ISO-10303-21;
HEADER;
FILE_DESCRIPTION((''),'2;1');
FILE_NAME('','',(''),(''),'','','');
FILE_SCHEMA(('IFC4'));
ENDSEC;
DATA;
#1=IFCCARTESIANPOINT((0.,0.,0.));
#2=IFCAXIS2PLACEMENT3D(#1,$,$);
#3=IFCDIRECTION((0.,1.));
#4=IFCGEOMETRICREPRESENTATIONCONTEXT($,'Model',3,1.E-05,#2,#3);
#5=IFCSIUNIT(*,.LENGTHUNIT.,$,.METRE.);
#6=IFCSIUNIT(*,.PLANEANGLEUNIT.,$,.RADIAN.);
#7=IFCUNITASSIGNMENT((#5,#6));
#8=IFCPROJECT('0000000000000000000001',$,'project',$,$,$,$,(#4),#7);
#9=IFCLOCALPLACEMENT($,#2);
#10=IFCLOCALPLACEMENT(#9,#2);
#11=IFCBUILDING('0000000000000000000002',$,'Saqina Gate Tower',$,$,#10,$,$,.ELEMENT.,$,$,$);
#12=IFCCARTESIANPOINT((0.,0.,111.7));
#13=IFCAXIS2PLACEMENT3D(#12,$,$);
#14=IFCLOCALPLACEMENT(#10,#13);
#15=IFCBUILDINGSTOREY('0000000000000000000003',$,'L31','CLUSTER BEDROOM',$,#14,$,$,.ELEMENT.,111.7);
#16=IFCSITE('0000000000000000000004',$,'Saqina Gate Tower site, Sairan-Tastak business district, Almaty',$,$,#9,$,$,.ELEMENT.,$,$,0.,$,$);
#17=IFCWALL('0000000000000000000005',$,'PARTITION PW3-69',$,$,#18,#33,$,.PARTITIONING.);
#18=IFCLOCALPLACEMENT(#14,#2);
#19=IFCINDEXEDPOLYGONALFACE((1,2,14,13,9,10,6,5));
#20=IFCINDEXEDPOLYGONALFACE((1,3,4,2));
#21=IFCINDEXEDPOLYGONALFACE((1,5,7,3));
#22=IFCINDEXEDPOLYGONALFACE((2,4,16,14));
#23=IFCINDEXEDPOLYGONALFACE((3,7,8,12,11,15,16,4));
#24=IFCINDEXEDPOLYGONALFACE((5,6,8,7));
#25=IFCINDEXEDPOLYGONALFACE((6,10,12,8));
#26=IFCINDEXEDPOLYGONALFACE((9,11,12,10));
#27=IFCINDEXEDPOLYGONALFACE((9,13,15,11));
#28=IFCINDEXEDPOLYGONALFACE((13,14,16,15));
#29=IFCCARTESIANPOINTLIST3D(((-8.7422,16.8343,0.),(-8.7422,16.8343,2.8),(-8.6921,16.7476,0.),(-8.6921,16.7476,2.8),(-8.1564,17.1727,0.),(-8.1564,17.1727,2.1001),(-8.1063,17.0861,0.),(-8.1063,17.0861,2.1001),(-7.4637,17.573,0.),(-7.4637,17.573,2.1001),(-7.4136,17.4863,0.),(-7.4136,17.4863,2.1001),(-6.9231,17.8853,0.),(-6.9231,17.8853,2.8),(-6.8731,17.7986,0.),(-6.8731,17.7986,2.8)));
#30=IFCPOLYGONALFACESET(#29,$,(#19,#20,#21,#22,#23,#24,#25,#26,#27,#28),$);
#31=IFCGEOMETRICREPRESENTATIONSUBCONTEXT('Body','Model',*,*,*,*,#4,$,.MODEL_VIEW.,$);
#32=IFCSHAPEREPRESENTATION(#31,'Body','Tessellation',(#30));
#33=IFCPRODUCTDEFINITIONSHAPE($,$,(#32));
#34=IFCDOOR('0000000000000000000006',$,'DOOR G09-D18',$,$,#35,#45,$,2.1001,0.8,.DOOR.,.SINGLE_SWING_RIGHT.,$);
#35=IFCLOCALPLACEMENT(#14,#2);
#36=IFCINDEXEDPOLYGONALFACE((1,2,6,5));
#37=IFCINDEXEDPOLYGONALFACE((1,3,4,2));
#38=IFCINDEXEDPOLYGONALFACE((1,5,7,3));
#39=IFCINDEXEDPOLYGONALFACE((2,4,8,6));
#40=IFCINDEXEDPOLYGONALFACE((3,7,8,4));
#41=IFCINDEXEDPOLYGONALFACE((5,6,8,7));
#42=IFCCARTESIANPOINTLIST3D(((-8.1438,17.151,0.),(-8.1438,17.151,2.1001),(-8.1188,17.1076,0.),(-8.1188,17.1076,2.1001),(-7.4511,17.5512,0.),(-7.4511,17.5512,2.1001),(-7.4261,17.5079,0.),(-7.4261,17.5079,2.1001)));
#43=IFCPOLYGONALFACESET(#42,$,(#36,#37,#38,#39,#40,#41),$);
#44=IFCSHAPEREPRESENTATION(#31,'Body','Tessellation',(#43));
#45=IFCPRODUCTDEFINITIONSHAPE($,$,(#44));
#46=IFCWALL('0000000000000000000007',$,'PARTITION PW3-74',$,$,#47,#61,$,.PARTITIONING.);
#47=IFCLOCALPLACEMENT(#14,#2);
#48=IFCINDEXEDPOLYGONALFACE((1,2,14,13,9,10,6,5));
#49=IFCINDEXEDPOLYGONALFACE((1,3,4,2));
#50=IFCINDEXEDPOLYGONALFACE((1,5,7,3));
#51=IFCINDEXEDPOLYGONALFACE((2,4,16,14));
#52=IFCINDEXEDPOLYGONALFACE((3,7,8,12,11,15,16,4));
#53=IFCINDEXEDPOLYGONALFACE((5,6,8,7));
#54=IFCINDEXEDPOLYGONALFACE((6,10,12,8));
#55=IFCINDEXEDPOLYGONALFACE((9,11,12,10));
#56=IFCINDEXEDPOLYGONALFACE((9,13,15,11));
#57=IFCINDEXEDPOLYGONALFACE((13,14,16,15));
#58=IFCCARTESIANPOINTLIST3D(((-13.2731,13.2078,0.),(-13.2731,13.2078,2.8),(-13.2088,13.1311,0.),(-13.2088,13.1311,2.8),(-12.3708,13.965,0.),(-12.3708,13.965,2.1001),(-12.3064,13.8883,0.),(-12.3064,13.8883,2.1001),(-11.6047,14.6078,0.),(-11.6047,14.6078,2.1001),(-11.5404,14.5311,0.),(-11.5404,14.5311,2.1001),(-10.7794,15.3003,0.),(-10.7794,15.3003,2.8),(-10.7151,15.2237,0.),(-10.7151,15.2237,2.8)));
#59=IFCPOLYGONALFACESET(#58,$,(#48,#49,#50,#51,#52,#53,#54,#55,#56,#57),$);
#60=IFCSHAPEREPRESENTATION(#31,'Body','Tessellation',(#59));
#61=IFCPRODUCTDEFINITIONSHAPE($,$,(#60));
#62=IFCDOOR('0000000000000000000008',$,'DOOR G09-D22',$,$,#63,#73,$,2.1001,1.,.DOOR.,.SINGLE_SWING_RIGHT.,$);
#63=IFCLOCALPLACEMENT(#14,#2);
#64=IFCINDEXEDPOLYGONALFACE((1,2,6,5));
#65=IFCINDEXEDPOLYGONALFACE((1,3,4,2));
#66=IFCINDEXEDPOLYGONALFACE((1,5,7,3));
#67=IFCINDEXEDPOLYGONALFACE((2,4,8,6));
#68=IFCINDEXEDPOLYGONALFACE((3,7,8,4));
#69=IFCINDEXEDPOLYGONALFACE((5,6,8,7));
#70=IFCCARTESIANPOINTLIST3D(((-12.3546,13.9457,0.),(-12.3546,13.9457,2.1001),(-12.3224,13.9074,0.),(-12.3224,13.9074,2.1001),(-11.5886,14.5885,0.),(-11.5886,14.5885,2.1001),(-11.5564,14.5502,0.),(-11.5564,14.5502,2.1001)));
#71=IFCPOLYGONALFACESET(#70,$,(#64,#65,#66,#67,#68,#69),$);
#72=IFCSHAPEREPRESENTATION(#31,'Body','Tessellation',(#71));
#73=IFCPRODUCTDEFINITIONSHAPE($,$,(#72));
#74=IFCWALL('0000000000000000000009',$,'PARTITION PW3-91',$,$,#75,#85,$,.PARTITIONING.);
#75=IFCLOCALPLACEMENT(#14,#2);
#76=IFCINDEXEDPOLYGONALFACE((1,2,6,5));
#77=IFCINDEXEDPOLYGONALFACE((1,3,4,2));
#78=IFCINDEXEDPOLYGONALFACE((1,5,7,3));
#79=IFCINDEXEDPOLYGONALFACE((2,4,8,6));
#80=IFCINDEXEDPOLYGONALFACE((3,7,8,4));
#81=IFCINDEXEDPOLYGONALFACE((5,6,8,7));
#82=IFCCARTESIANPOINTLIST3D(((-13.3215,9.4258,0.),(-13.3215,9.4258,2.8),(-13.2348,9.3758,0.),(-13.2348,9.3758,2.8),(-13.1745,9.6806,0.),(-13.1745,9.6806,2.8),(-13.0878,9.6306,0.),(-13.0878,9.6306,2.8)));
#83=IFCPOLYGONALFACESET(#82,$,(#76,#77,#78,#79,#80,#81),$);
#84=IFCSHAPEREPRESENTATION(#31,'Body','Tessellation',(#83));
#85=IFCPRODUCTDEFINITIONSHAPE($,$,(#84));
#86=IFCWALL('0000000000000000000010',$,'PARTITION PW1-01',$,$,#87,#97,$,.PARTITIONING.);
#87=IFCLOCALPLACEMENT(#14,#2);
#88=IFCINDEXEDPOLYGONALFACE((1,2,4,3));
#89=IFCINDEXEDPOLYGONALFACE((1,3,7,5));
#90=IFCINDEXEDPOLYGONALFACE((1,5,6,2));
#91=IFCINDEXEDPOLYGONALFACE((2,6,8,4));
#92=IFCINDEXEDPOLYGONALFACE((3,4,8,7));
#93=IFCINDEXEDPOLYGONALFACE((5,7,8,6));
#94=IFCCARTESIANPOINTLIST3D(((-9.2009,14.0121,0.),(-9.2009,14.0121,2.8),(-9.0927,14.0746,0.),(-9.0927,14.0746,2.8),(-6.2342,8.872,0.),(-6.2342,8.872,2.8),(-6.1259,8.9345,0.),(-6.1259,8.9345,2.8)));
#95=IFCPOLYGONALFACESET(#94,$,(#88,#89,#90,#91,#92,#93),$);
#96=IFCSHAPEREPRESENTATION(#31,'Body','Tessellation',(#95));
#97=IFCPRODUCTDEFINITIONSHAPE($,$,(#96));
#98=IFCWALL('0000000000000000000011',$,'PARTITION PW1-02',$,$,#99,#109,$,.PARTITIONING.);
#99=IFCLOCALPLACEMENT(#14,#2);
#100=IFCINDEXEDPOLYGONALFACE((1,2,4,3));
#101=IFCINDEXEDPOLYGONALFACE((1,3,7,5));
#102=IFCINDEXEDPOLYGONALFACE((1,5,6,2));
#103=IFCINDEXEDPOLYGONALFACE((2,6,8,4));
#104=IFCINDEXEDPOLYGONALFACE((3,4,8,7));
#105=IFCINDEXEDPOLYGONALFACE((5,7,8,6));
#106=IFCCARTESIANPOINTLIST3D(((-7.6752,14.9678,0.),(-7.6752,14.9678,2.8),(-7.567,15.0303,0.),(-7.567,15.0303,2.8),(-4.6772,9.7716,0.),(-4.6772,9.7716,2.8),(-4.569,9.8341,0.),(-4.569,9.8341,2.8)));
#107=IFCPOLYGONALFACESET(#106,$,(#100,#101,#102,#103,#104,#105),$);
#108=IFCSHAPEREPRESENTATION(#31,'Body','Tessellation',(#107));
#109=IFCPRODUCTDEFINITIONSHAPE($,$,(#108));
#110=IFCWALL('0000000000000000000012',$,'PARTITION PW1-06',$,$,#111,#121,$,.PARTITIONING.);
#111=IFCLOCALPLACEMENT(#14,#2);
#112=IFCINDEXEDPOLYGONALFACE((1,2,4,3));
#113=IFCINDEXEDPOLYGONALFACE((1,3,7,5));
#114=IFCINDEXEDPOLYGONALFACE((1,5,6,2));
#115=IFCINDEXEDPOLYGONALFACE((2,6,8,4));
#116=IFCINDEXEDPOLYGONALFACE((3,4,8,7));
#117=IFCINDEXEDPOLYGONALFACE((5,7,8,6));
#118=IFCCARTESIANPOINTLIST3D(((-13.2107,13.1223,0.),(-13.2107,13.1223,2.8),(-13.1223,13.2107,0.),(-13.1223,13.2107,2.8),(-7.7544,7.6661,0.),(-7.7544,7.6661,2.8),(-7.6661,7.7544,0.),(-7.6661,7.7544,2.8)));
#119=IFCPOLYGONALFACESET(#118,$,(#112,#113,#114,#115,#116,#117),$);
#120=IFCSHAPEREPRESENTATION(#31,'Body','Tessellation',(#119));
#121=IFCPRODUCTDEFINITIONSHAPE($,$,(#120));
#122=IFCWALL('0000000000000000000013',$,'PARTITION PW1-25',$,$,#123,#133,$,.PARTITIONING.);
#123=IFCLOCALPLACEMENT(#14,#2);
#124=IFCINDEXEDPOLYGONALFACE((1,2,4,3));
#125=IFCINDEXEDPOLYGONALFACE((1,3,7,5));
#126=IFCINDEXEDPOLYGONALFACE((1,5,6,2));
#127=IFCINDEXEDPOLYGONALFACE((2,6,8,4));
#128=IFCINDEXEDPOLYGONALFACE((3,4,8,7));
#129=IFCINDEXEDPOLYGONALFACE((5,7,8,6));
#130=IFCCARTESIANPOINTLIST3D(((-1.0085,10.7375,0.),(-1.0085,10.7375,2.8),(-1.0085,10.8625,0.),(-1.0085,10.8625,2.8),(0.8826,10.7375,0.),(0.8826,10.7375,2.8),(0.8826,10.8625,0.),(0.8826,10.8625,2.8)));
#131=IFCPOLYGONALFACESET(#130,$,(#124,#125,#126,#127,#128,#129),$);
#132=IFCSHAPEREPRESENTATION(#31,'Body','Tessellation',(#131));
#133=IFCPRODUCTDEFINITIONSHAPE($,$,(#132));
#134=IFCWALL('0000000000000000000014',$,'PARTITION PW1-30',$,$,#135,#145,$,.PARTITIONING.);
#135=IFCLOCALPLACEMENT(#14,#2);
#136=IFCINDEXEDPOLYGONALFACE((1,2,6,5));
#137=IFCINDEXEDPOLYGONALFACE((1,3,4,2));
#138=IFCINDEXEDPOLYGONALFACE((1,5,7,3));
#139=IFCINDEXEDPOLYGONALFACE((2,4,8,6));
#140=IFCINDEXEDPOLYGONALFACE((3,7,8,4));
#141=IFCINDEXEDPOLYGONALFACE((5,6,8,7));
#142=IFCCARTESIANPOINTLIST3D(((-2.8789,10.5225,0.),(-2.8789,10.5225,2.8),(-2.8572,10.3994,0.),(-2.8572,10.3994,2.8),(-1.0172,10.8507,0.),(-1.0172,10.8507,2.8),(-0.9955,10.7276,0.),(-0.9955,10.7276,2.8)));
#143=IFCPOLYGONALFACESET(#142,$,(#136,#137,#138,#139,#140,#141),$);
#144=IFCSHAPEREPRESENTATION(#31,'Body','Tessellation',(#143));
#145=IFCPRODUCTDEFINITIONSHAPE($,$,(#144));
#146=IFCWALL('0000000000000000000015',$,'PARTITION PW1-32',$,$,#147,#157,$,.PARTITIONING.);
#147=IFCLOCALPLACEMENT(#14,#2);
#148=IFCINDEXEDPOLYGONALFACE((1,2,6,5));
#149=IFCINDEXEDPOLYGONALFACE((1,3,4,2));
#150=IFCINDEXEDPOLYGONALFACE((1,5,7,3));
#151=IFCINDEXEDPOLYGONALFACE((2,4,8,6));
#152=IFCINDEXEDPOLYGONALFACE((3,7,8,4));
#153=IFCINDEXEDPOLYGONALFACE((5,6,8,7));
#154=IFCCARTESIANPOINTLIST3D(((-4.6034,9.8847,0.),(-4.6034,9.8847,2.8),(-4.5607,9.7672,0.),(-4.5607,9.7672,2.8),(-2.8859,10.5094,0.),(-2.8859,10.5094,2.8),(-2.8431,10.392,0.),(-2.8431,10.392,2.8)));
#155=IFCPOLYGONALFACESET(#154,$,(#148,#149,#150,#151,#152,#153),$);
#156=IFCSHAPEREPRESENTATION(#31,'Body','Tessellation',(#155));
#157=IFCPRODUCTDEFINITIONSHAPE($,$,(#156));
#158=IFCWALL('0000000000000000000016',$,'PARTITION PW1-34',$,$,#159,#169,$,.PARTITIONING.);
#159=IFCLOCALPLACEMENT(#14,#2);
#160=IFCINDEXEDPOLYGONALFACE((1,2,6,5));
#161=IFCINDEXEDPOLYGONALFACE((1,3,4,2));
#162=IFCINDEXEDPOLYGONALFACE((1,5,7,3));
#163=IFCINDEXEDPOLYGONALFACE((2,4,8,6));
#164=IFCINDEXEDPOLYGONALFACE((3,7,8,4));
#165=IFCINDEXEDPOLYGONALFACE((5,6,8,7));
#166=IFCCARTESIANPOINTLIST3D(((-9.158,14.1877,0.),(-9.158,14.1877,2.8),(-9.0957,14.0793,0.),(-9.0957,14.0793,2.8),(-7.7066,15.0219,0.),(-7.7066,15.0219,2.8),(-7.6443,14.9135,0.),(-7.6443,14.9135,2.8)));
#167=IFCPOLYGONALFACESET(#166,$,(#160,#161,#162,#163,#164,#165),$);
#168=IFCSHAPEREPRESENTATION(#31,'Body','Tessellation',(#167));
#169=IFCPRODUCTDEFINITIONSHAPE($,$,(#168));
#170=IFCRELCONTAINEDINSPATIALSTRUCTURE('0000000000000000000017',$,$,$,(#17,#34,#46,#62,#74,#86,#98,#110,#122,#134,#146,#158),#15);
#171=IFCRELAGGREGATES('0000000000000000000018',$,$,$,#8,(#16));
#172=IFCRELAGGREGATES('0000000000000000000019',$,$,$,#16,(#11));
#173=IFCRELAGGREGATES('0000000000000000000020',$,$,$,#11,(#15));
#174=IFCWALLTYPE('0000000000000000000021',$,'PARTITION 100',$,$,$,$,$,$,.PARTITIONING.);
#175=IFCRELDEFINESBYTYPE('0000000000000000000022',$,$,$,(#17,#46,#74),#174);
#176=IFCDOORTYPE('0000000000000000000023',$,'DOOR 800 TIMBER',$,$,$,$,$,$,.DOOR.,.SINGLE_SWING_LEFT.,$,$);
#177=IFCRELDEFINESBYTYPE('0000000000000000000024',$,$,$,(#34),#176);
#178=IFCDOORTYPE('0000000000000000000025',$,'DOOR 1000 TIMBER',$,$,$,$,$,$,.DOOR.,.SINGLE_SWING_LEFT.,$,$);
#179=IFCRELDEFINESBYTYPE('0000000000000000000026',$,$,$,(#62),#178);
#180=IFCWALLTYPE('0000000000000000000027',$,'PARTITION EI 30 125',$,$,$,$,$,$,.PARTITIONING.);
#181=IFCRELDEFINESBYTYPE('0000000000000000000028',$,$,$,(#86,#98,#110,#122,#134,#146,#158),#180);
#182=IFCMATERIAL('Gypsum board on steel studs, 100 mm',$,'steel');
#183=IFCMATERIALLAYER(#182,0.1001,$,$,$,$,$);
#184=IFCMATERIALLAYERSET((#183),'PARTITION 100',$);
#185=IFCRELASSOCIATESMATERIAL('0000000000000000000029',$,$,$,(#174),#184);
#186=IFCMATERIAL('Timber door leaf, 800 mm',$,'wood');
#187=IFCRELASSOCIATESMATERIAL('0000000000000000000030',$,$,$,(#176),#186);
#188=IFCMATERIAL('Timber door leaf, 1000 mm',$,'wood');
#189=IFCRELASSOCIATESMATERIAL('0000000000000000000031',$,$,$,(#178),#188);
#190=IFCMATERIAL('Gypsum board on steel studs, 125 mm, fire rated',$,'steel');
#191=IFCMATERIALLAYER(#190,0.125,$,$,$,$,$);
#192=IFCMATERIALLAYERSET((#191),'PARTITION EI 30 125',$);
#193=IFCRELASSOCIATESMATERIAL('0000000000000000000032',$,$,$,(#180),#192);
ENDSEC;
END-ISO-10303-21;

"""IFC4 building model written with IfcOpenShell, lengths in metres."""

from ifc_helpers import new_model, si_unit, direction, frame, frame_2d, origin, place, context, subcontext, project, spatial, rectangle, extrude, material, layer, layer_set, type_object, element, fill, save


model = new_model("IFC4")

# Units and contexts
model_context = context("Model", 3, precision=1e-05, world=origin(), true_north=direction((0.0, 1.0)))
body_context = subcontext(model_context, "Body", "Model", "MODEL_VIEW")
ifc_project = project(units=[si_unit("LENGTHUNIT", "METRE"), si_unit("PLANEANGLEUNIT", "RADIAN")], contexts=[model_context])

# Site, building, storey
site_placement = place(None, origin())
site = spatial("IfcSite", under=ifc_project, at=site_placement, Name="Saqina Gate Tower site, Sairan-Tastak business district, Almaty", CompositionType="ELEMENT", RefElevation=0.0)
building_placement = place(site_placement, origin())
building = spatial("IfcBuilding", under=site, at=building_placement, Name="Saqina Gate Tower", CompositionType="ELEMENT")
storey_placement = place(building_placement, frame((0.0, 0.0, 111.7)))
storey = spatial("IfcBuildingStorey", under=building, at=storey_placement, Name="L31", Description="CLUSTER BEDROOM", CompositionType="ELEMENT", Elevation=111.7)

# Shared definitions
ifc_material_1 = material(Name="Gypsum board on steel studs, 100 mm", Category="steel")
ifc_layer_1 = layer(ifc_material_1, 0.1001)
ifc_layer_set_1 = layer_set([ifc_layer_1], Name="PARTITION 100")
wall_type_1 = type_object("IfcWallType", Name="PARTITION 100", PredefinedType="PARTITIONING", material=ifc_layer_set_1)

# Walls, openings, doors
wall_1_placement = place(storey_placement, frame((-8.717, 16.791, 0.0), z_axis=(0.0, 0.0, 1.0), x_axis=(0.865866, 0.500276, 0.0)))
wall_1 = element("IfcWall", 1, at=wall_1_placement, inside=storey, type_object=wall_type_1, Name="PARTITION PW3-69", PredefinedType="PARTITIONING", context=body_context, shape_type="SweptSolid", body=[
    extrude(rectangle(XDim=2.1008, YDim=0.1001, at=frame_2d((1.0503, 0.0))), origin(), (0.0, 0.0, 1.0), 2.8),
])
opening_1_placement = place(wall_1_placement, frame((0.6765, 0.0, 0.0)))
opening_1 = element("IfcOpeningElement", 2, at=opening_1_placement, cuts=wall_1, PredefinedType="OPENING", context=body_context, shape_type="SweptSolid", body=[
    extrude(rectangle(XDim=0.8, YDim=2.1001, at=frame_2d((0.3999, 1.05))), frame((0.0, 0.062, 0.0), z_axis=(0.0, -1.0, 0.0), x_axis=(1.0, 0.0, 0.0)), (0.0, 0.0, 1.0), 0.124),
])
ifc_material_2 = material(Name="Timber door leaf, 800 mm", Category="wood")
door_type_1 = type_object("IfcDoorType", Name="DOOR 800 TIMBER", OperationType="SINGLE_SWING_LEFT", PredefinedType="DOOR", material=ifc_material_2)
door_1_placement = place(opening_1_placement, origin())
door_1 = element("IfcDoor", 3, at=door_1_placement, inside=storey, type_object=door_type_1, Name="DOOR G09-D18", OperationType="SINGLE_SWING_RIGHT", OverallHeight=2.1001, OverallWidth=0.8, PredefinedType="DOOR", context=body_context, shape_type="SweptSolid", body=[
    extrude(rectangle(XDim=0.8, YDim=2.1001, at=frame_2d((0.3999, 1.05))), frame((0.0, 0.0249, 0.0), z_axis=(0.0, -1.0, 0.0), x_axis=(1.0, 0.0, 0.0)), (0.0, 0.0, 1.0), 0.05),
])
fill(opening_1, door_1)
wall_2_placement = place(storey_placement, frame((-13.241, 13.1694, 0.0), z_axis=(0.0, 0.0, 1.0), x_axis=(0.766028, 0.642807, 0.0)))
wall_2 = element("IfcWall", 4, at=wall_2_placement, inside=storey, type_object=wall_type_1, Name="PARTITION PW3-74", PredefinedType="PARTITIONING", context=body_context, shape_type="SweptSolid", body=[
    extrude(rectangle(XDim=3.2554, YDim=0.1001, at=frame_2d((1.6277, 0.0))), origin(), (0.0, 0.0, 1.0), 2.8),
])
opening_2_placement = place(wall_2_placement, frame((1.178, 0.0, 0.0)))
opening_2 = element("IfcOpeningElement", 5, at=opening_2_placement, cuts=wall_2, PredefinedType="OPENING", context=body_context, shape_type="SweptSolid", body=[
    extrude(rectangle(XDim=1.0, YDim=2.1001, at=frame_2d((0.5, 1.05))), frame((0.0, 0.062, 0.0), z_axis=(0.0, -1.0, 0.0), x_axis=(1.0, 0.0, 0.0)), (0.0, 0.0, 1.0), 0.124),
])
ifc_material_3 = material(Name="Timber door leaf, 1000 mm", Category="wood")
door_type_2 = type_object("IfcDoorType", Name="DOOR 1000 TIMBER", OperationType="SINGLE_SWING_LEFT", PredefinedType="DOOR", material=ifc_material_3)
door_2_placement = place(opening_2_placement, origin())
door_2 = element("IfcDoor", 6, at=door_2_placement, inside=storey, type_object=door_type_2, Name="DOOR G09-D22", OperationType="SINGLE_SWING_RIGHT", OverallHeight=2.1001, OverallWidth=1.0, PredefinedType="DOOR", context=body_context, shape_type="SweptSolid", body=[
    extrude(rectangle(XDim=1.0, YDim=2.1001, at=frame_2d((0.5, 1.05))), frame((0.0, 0.0249, 0.0), z_axis=(0.0, -1.0, 0.0), x_axis=(1.0, 0.0, 0.0)), (0.0, 0.0, 1.0), 0.05),
])
fill(opening_2, door_2)

# Walls
wall_3_placement = place(storey_placement, frame((-13.2781, 9.4009, 0.0), z_axis=(0.0, 0.0, 1.0), x_axis=(0.499531, 0.866296, 0.0)))
element("IfcWall", 7, at=wall_3_placement, inside=storey, type_object=wall_type_1, Name="PARTITION PW3-91", PredefinedType="PARTITIONING", context=body_context, shape_type="SweptSolid", body=[
    extrude(rectangle(XDim=0.2942, YDim=0.1001, at=frame_2d((0.147, 0.0))), origin(), (0.0, 0.0, 1.0), 2.8),
])
ifc_material_4 = material(Name="Gypsum board on steel studs, 125 mm, fire rated", Category="steel")
ifc_layer_2 = layer(ifc_material_4, 0.125)
ifc_layer_set_2 = layer_set([ifc_layer_2], Name="PARTITION EI 30 125")
wall_type_2 = type_object("IfcWallType", Name="PARTITION EI 30 125", PredefinedType="PARTITIONING", material=ifc_layer_set_2)
wall_4_placement = place(storey_placement, frame((-9.1467, 14.0432, 0.0), z_axis=(0.0, 0.0, 1.0), x_axis=(0.499891, -0.866088, 0.0)))
element("IfcWall", 8, at=wall_4_placement, inside=storey, type_object=wall_type_2, Name="PARTITION PW1-01", PredefinedType="PARTITIONING", context=body_context, shape_type="SweptSolid", body=[
    extrude(rectangle(XDim=5.9348, YDim=0.125, at=frame_2d((2.9673, 0.0))), origin(), (0.0, 0.0, 1.0), 2.8),
])
wall_5_placement = place(storey_placement, frame((-7.6211, 14.999, 0.0), z_axis=(0.0, 0.0, 1.0), x_axis=(0.499746, -0.866172, 0.0)))
element("IfcWall", 9, at=wall_5_placement, inside=storey, type_object=wall_type_2, Name="PARTITION PW1-02", PredefinedType="PARTITIONING", context=body_context, shape_type="SweptSolid", body=[
    extrude(rectangle(XDim=5.999, YDim=0.125, at=frame_2d((2.9995, 0.0))), origin(), (0.0, 0.0, 1.0), 2.8),
])
wall_6_placement = place(storey_placement, frame((-13.1665, 13.1665, 0.0), z_axis=(0.0, 0.0, 1.0), x_axis=(0.707107, -0.707107, 0.0)))
element("IfcWall", 10, at=wall_6_placement, inside=storey, type_object=wall_type_2, Name="PARTITION PW1-06", PredefinedType="PARTITIONING", context=body_context, shape_type="SweptSolid", body=[
    extrude(rectangle(XDim=7.7163, YDim=0.125, at=frame_2d((3.8582, 0.0))), origin(), (0.0, 0.0, 1.0), 2.8),
])
wall_7_placement = place(storey_placement, frame((-1.0085, 10.8, 0.0), z_axis=(0.0, 0.0, 1.0), x_axis=(1.0, 0.0, 0.0)))
element("IfcWall", 11, at=wall_7_placement, inside=storey, type_object=wall_type_2, Name="PARTITION PW1-25", PredefinedType="PARTITIONING", context=body_context, shape_type="SweptSolid", body=[
    extrude(rectangle(XDim=1.8911, YDim=0.125, at=frame_2d((0.9456, 0.0))), origin(), (0.0, 0.0, 1.0), 2.8),
])
wall_8_placement = place(storey_placement, frame((-2.8682, 10.4609, 0.0), z_axis=(0.0, 0.0, 1.0), x_axis=(0.984819, 0.173586, 0.0)))
element("IfcWall", 12, at=wall_8_placement, inside=storey, type_object=wall_type_2, Name="PARTITION PW1-30", PredefinedType="PARTITIONING", context=body_context, shape_type="SweptSolid", body=[
    extrude(rectangle(XDim=1.8904, YDim=0.125, at=frame_2d((0.9453, 0.0))), origin(), (0.0, 0.0, 1.0), 2.8),
])
wall_9_placement = place(storey_placement, frame((-4.582, 9.8259, 0.0), z_axis=(0.0, 0.0, 1.0), x_axis=(0.939758, 0.34184, 0.0)))
element("IfcWall", 13, at=wall_9_placement, inside=storey, type_object=wall_type_2, Name="PARTITION PW1-32", PredefinedType="PARTITIONING", context=body_context, shape_type="SweptSolid", body=[
    extrude(rectangle(XDim=1.8276, YDim=0.125, at=frame_2d((0.9138, 0.0))), origin(), (0.0, 0.0, 1.0), 2.8),
])
wall_10_placement = place(storey_placement, frame((-9.1267, 14.1335, 0.0), z_axis=(0.0, 0.0, 1.0), x_axis=(0.866993, 0.49832, 0.0)))
element("IfcWall", 14, at=wall_10_placement, inside=storey, type_object=wall_type_2, Name="PARTITION PW1-34", PredefinedType="PARTITIONING", context=body_context, shape_type="SweptSolid", body=[
    extrude(rectangle(XDim=1.6741, YDim=0.125, at=frame_2d((0.8369, 0.0))), origin(), (0.0, 0.0, 1.0), 2.8),
])

save(model, "model.ifc")
